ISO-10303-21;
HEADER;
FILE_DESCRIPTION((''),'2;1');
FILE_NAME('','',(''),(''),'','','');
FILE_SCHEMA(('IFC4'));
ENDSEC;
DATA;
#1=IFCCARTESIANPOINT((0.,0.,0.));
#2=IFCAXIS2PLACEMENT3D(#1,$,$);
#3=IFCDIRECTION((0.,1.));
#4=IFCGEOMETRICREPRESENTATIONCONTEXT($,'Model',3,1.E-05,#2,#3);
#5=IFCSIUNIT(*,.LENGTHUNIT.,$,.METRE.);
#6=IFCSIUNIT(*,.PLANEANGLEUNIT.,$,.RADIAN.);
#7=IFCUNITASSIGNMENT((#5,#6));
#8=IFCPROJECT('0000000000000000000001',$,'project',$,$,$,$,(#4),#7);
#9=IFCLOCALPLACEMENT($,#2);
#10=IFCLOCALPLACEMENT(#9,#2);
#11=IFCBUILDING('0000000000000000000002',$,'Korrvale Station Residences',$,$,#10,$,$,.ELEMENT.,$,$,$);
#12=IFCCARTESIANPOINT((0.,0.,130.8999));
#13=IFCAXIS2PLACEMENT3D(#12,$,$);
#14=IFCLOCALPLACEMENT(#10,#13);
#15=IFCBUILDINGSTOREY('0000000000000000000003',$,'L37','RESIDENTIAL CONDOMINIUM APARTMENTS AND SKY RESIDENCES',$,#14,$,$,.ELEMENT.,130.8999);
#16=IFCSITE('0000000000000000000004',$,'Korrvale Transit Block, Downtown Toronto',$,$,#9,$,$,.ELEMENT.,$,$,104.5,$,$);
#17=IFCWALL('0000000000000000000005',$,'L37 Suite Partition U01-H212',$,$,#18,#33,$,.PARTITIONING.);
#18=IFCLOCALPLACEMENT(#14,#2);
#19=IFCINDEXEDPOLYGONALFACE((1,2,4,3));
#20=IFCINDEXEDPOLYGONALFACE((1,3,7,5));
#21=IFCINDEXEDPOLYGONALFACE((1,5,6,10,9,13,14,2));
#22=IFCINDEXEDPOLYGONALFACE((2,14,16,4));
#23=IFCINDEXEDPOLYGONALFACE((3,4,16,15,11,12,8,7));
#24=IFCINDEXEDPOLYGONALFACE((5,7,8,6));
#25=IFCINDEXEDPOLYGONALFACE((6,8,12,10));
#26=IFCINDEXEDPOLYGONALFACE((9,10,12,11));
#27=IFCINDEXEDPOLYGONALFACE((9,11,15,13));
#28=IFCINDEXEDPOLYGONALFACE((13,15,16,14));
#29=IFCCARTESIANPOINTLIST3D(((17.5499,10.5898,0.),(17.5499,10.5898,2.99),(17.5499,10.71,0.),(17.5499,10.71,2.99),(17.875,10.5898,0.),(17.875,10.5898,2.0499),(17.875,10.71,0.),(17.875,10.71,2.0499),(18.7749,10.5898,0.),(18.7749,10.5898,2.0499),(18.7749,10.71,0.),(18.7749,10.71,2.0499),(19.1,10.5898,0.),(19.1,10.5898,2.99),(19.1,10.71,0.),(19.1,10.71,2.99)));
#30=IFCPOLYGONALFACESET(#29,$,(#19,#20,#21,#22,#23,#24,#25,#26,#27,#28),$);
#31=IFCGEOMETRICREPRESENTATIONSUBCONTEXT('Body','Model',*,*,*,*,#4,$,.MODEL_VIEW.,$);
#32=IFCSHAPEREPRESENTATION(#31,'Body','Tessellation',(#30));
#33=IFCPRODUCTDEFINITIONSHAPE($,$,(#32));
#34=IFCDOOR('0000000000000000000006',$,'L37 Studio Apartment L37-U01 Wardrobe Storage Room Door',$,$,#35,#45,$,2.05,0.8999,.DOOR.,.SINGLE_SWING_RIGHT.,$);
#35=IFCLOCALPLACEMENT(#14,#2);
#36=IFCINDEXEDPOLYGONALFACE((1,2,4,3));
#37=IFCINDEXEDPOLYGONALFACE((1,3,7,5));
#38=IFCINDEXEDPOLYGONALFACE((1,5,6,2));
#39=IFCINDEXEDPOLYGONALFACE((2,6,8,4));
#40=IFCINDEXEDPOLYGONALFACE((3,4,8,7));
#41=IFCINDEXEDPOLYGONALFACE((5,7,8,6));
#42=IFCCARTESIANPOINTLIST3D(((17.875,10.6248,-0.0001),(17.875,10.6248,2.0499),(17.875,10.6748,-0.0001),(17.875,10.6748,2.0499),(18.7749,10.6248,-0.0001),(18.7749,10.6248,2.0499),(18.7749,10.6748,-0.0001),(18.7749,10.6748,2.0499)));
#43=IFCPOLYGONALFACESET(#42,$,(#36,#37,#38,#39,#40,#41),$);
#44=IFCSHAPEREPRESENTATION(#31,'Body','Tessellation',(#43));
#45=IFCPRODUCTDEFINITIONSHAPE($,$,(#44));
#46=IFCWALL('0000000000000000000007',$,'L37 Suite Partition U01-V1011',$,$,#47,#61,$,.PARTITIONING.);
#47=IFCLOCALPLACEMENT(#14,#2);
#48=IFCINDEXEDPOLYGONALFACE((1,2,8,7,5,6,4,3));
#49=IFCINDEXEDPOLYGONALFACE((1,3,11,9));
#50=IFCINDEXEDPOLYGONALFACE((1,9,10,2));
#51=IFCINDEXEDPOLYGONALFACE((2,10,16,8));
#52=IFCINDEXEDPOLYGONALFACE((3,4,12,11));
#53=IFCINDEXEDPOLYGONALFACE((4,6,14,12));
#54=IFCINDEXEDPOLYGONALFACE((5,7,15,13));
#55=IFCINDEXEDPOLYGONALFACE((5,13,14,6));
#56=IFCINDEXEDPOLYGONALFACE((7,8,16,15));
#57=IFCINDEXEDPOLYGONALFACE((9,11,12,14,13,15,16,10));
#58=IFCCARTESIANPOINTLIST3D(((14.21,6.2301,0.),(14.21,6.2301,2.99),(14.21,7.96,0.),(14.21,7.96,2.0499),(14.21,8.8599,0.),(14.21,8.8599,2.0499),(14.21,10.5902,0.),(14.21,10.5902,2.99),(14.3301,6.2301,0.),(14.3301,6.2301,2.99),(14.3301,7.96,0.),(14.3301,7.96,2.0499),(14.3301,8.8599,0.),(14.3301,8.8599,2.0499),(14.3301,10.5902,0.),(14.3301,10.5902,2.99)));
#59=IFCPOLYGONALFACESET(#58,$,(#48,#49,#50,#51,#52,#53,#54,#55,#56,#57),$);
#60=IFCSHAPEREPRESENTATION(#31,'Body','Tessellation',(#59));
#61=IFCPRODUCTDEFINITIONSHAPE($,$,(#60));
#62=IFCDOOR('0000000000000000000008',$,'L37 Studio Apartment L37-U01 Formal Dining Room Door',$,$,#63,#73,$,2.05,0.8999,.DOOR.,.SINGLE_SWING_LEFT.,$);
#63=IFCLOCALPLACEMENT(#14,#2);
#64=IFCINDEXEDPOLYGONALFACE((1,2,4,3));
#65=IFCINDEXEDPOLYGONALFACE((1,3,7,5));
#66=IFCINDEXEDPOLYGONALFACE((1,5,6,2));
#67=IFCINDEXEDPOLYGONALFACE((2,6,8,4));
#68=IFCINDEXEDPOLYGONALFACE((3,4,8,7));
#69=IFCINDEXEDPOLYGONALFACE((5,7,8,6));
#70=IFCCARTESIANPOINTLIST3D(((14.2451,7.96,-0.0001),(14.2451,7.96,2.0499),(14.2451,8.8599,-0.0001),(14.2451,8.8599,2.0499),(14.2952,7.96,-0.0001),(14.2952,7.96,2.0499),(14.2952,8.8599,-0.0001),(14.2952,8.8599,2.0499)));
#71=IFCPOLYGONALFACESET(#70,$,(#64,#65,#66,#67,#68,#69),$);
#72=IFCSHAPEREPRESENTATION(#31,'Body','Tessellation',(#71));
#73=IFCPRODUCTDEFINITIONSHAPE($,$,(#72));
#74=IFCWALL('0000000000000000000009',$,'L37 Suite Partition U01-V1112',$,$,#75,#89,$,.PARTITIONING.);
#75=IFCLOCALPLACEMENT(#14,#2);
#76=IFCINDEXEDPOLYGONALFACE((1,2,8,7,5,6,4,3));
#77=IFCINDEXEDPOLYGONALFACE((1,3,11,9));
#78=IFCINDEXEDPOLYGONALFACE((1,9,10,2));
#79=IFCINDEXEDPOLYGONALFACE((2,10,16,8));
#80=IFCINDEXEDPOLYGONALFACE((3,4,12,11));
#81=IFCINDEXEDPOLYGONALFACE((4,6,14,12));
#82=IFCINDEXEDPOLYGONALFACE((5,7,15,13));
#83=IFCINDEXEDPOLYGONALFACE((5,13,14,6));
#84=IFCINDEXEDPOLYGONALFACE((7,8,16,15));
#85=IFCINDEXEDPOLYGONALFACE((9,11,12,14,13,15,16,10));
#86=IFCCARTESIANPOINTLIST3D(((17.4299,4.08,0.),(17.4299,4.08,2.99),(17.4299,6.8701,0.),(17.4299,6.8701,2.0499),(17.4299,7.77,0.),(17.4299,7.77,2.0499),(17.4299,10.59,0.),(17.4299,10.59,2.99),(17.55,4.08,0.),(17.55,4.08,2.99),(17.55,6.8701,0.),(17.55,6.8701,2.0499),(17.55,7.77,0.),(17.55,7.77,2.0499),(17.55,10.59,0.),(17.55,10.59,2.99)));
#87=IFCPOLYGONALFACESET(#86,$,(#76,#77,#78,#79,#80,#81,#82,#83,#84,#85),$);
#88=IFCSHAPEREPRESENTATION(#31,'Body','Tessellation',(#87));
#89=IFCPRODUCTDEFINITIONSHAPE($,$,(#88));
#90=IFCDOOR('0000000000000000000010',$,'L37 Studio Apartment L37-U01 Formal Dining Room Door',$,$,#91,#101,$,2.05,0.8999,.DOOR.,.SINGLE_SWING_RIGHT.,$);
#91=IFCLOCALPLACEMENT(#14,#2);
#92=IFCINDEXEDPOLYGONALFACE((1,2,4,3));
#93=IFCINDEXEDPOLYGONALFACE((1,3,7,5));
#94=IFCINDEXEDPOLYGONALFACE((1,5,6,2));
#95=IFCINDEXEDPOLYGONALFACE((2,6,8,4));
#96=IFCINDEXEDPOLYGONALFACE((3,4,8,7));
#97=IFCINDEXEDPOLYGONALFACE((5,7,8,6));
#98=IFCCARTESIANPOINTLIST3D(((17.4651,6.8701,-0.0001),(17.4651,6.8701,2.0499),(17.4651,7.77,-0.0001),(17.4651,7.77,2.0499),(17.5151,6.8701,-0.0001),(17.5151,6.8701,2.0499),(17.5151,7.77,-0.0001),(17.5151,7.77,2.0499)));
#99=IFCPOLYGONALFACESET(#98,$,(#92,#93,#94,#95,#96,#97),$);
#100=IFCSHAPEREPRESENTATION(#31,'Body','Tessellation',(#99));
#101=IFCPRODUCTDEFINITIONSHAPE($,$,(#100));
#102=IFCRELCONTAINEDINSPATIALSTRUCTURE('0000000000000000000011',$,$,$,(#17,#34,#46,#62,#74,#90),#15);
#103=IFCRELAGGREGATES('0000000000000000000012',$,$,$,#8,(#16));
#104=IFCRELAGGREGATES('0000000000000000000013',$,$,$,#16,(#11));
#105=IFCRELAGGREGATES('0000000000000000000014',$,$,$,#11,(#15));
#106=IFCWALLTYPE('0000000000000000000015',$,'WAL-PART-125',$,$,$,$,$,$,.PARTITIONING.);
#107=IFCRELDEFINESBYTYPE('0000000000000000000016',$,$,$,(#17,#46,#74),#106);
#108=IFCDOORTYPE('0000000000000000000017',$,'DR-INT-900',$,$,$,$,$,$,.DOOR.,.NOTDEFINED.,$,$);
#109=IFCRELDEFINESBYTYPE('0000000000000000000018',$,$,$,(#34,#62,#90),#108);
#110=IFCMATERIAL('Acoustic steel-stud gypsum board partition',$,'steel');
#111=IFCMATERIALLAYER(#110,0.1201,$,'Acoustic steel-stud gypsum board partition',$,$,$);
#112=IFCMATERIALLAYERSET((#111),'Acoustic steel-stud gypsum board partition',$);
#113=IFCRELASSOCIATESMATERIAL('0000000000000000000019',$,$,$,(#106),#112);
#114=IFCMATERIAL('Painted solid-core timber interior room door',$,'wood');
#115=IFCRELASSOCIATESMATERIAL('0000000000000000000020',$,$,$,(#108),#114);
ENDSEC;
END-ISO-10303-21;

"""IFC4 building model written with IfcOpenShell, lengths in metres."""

from ifc_helpers import new_model, si_unit, direction, frame, frame_2d, origin, place, context, subcontext, project, spatial, rectangle, extrude, material, layer, layer_set, type_object, element, fill, save


model = new_model("IFC4")

# Units and contexts
model_context = context("Model", 3, precision=1e-05, world=origin(), true_north=direction((0.0, 1.0)))
body_context = subcontext(model_context, "Body", "Model", "MODEL_VIEW")
ifc_project = project(units=[si_unit("LENGTHUNIT", "METRE"), si_unit("PLANEANGLEUNIT", "RADIAN")], contexts=[model_context])

# Site, building, storey
site_placement = place(None, origin())
site = spatial("IfcSite", under=ifc_project, at=site_placement, Name="Korrvale Transit Block, Downtown Toronto", CompositionType="ELEMENT", RefElevation=104.5)
building_placement = place(site_placement, origin())
building = spatial("IfcBuilding", under=site, at=building_placement, Name="Korrvale Station Residences", CompositionType="ELEMENT")
storey_placement = place(building_placement, frame((0.0, 0.0, 130.8999)))
storey = spatial("IfcBuildingStorey", under=building, at=storey_placement, Name="L37", Description="RESIDENTIAL CONDOMINIUM APARTMENTS AND SKY RESIDENCES", CompositionType="ELEMENT", Elevation=130.8999)

# Shared definitions
ifc_material_1 = material(Name="Acoustic steel-stud gypsum board partition", Category="steel")
ifc_layer_1 = layer(ifc_material_1, 0.1201, Name="Acoustic steel-stud gypsum board partition")
ifc_layer_set_1 = layer_set([ifc_layer_1], Name="Acoustic steel-stud gypsum board partition")
wall_type_1 = type_object("IfcWallType", Name="WAL-PART-125", PredefinedType="PARTITIONING", material=ifc_layer_set_1)
ifc_material_2 = material(Name="Painted solid-core timber interior room door", Category="wood")
door_type_1 = type_object("IfcDoorType", Name="DR-INT-900", OperationType="NOTDEFINED", PredefinedType="DOOR", material=ifc_material_2)

# Walls, openings, doors
wall_1_placement = place(storey_placement, frame((17.55, 10.6499, 0.0), z_axis=(0.0, 0.0, 1.0), x_axis=(1.0, 0.0, 0.0)))
wall_1 = element("IfcWall", 1, at=wall_1_placement, inside=storey, type_object=wall_type_1, Name="L37 Suite Partition U01-H212", PredefinedType="PARTITIONING", context=body_context, shape_type="SweptSolid", body=[
    extrude(rectangle(XDim=1.55, YDim=0.1201, at=frame_2d((0.7749, 0.0))), origin(), (0.0, 0.0, 1.0), 2.99),
])
opening_1_placement = place(wall_1_placement, frame((0.325, 0.0, 0.0)))
opening_1 = element("IfcOpeningElement", 2, at=opening_1_placement, cuts=wall_1, PredefinedType="OPENING", context=body_context, shape_type="SweptSolid", body=[
    extrude(rectangle(XDim=0.8999, YDim=2.05, at=frame_2d((0.45, 1.0249))), frame((0.0, 0.0701, 0.0), z_axis=(0.0, -1.0, 0.0), x_axis=(1.0, 0.0, 0.0)), (0.0, 0.0, 1.0), 0.1401),
])
door_1_placement = place(opening_1_placement, origin())
door_1 = element("IfcDoor", 3, at=door_1_placement, inside=storey, type_object=door_type_1, Name="L37 Studio Apartment L37-U01 Wardrobe Storage Room Door", OperationType="SINGLE_SWING_RIGHT", OverallHeight=2.05, OverallWidth=0.8999, PredefinedType="DOOR", context=body_context, shape_type="SweptSolid", body=[
    extrude(rectangle(XDim=0.8999, YDim=2.05, at=frame_2d((0.45, 1.0249))), frame((0.0, 0.0249, 0.0), z_axis=(0.0, -1.0, 0.0), x_axis=(1.0, 0.0, 0.0)), (0.0, 0.0, 1.0), 0.05),
])
fill(opening_1, door_1)
wall_2_placement = place(storey_placement, frame((14.27, 6.23, 0.0), z_axis=(0.0, 0.0, 1.0), x_axis=(0.0, 1.0, 0.0)))
wall_2 = element("IfcWall", 4, at=wall_2_placement, inside=storey, type_object=wall_type_1, Name="L37 Suite Partition U01-V1011", PredefinedType="PARTITIONING", context=body_context, shape_type="SweptSolid", body=[
    extrude(rectangle(XDim=4.3601, YDim=0.1201, at=frame_2d((2.1802, 0.0))), origin(), (0.0, 0.0, 1.0), 2.99),
])
opening_2_placement = place(wall_2_placement, frame((1.73, 0.0, 0.0)))
opening_2 = element("IfcOpeningElement", 5, at=opening_2_placement, cuts=wall_2, PredefinedType="OPENING", context=body_context, shape_type="SweptSolid", body=[
    extrude(rectangle(XDim=0.8999, YDim=2.05, at=frame_2d((0.45, 1.0249))), frame((0.0, 0.0701, 0.0), z_axis=(0.0, -1.0, 0.0), x_axis=(1.0, 0.0, 0.0)), (0.0, 0.0, 1.0), 0.1401),
])
door_2_placement = place(opening_2_placement, origin())
door_2 = element("IfcDoor", 6, at=door_2_placement, inside=storey, type_object=door_type_1, Name="L37 Studio Apartment L37-U01 Formal Dining Room Door", OperationType="SINGLE_SWING_LEFT", OverallHeight=2.05, OverallWidth=0.8999, PredefinedType="DOOR", context=body_context, shape_type="SweptSolid", body=[
    extrude(rectangle(XDim=0.8999, YDim=2.05, at=frame_2d((0.45, 1.0249))), frame((0.0, 0.0249, 0.0), z_axis=(0.0, -1.0, 0.0), x_axis=(1.0, 0.0, 0.0)), (0.0, 0.0, 1.0), 0.05),
])
fill(opening_2, door_2)
wall_3_placement = place(storey_placement, frame((17.49, 4.0801, 0.0), z_axis=(0.0, 0.0, 1.0), x_axis=(0.0, 1.0, 0.0)))
wall_3 = element("IfcWall", 7, at=wall_3_placement, inside=storey, type_object=wall_type_1, Name="L37 Suite Partition U01-V1112", PredefinedType="PARTITIONING", context=body_context, shape_type="SweptSolid", body=[
    extrude(rectangle(XDim=6.51, YDim=0.1201, at=frame_2d((3.2549, 0.0))), origin(), (0.0, 0.0, 1.0), 2.99),
])
opening_3_placement = place(wall_3_placement, frame((2.79, 0.0, 0.0)))
opening_3 = element("IfcOpeningElement", 8, at=opening_3_placement, cuts=wall_3, PredefinedType="OPENING", context=body_context, shape_type="SweptSolid", body=[
    extrude(rectangle(XDim=0.8999, YDim=2.05, at=frame_2d((0.45, 1.0249))), frame((0.0, 0.0701, 0.0), z_axis=(0.0, -1.0, 0.0), x_axis=(1.0, 0.0, 0.0)), (0.0, 0.0, 1.0), 0.1401),
])
door_3_placement = place(opening_3_placement, origin())
door_3 = element("IfcDoor", 9, at=door_3_placement, inside=storey, type_object=door_type_1, Name="L37 Studio Apartment L37-U01 Formal Dining Room Door", OperationType="SINGLE_SWING_RIGHT", OverallHeight=2.05, OverallWidth=0.8999, PredefinedType="DOOR", context=body_context, shape_type="SweptSolid", body=[
    extrude(rectangle(XDim=0.8999, YDim=2.05, at=frame_2d((0.45, 1.0249))), frame((0.0, 0.0249, 0.0), z_axis=(0.0, -1.0, 0.0), x_axis=(1.0, 0.0, 0.0)), (0.0, 0.0, 1.0), 0.05),
])
fill(opening_3, door_3)

save(model, "model.ifc")
